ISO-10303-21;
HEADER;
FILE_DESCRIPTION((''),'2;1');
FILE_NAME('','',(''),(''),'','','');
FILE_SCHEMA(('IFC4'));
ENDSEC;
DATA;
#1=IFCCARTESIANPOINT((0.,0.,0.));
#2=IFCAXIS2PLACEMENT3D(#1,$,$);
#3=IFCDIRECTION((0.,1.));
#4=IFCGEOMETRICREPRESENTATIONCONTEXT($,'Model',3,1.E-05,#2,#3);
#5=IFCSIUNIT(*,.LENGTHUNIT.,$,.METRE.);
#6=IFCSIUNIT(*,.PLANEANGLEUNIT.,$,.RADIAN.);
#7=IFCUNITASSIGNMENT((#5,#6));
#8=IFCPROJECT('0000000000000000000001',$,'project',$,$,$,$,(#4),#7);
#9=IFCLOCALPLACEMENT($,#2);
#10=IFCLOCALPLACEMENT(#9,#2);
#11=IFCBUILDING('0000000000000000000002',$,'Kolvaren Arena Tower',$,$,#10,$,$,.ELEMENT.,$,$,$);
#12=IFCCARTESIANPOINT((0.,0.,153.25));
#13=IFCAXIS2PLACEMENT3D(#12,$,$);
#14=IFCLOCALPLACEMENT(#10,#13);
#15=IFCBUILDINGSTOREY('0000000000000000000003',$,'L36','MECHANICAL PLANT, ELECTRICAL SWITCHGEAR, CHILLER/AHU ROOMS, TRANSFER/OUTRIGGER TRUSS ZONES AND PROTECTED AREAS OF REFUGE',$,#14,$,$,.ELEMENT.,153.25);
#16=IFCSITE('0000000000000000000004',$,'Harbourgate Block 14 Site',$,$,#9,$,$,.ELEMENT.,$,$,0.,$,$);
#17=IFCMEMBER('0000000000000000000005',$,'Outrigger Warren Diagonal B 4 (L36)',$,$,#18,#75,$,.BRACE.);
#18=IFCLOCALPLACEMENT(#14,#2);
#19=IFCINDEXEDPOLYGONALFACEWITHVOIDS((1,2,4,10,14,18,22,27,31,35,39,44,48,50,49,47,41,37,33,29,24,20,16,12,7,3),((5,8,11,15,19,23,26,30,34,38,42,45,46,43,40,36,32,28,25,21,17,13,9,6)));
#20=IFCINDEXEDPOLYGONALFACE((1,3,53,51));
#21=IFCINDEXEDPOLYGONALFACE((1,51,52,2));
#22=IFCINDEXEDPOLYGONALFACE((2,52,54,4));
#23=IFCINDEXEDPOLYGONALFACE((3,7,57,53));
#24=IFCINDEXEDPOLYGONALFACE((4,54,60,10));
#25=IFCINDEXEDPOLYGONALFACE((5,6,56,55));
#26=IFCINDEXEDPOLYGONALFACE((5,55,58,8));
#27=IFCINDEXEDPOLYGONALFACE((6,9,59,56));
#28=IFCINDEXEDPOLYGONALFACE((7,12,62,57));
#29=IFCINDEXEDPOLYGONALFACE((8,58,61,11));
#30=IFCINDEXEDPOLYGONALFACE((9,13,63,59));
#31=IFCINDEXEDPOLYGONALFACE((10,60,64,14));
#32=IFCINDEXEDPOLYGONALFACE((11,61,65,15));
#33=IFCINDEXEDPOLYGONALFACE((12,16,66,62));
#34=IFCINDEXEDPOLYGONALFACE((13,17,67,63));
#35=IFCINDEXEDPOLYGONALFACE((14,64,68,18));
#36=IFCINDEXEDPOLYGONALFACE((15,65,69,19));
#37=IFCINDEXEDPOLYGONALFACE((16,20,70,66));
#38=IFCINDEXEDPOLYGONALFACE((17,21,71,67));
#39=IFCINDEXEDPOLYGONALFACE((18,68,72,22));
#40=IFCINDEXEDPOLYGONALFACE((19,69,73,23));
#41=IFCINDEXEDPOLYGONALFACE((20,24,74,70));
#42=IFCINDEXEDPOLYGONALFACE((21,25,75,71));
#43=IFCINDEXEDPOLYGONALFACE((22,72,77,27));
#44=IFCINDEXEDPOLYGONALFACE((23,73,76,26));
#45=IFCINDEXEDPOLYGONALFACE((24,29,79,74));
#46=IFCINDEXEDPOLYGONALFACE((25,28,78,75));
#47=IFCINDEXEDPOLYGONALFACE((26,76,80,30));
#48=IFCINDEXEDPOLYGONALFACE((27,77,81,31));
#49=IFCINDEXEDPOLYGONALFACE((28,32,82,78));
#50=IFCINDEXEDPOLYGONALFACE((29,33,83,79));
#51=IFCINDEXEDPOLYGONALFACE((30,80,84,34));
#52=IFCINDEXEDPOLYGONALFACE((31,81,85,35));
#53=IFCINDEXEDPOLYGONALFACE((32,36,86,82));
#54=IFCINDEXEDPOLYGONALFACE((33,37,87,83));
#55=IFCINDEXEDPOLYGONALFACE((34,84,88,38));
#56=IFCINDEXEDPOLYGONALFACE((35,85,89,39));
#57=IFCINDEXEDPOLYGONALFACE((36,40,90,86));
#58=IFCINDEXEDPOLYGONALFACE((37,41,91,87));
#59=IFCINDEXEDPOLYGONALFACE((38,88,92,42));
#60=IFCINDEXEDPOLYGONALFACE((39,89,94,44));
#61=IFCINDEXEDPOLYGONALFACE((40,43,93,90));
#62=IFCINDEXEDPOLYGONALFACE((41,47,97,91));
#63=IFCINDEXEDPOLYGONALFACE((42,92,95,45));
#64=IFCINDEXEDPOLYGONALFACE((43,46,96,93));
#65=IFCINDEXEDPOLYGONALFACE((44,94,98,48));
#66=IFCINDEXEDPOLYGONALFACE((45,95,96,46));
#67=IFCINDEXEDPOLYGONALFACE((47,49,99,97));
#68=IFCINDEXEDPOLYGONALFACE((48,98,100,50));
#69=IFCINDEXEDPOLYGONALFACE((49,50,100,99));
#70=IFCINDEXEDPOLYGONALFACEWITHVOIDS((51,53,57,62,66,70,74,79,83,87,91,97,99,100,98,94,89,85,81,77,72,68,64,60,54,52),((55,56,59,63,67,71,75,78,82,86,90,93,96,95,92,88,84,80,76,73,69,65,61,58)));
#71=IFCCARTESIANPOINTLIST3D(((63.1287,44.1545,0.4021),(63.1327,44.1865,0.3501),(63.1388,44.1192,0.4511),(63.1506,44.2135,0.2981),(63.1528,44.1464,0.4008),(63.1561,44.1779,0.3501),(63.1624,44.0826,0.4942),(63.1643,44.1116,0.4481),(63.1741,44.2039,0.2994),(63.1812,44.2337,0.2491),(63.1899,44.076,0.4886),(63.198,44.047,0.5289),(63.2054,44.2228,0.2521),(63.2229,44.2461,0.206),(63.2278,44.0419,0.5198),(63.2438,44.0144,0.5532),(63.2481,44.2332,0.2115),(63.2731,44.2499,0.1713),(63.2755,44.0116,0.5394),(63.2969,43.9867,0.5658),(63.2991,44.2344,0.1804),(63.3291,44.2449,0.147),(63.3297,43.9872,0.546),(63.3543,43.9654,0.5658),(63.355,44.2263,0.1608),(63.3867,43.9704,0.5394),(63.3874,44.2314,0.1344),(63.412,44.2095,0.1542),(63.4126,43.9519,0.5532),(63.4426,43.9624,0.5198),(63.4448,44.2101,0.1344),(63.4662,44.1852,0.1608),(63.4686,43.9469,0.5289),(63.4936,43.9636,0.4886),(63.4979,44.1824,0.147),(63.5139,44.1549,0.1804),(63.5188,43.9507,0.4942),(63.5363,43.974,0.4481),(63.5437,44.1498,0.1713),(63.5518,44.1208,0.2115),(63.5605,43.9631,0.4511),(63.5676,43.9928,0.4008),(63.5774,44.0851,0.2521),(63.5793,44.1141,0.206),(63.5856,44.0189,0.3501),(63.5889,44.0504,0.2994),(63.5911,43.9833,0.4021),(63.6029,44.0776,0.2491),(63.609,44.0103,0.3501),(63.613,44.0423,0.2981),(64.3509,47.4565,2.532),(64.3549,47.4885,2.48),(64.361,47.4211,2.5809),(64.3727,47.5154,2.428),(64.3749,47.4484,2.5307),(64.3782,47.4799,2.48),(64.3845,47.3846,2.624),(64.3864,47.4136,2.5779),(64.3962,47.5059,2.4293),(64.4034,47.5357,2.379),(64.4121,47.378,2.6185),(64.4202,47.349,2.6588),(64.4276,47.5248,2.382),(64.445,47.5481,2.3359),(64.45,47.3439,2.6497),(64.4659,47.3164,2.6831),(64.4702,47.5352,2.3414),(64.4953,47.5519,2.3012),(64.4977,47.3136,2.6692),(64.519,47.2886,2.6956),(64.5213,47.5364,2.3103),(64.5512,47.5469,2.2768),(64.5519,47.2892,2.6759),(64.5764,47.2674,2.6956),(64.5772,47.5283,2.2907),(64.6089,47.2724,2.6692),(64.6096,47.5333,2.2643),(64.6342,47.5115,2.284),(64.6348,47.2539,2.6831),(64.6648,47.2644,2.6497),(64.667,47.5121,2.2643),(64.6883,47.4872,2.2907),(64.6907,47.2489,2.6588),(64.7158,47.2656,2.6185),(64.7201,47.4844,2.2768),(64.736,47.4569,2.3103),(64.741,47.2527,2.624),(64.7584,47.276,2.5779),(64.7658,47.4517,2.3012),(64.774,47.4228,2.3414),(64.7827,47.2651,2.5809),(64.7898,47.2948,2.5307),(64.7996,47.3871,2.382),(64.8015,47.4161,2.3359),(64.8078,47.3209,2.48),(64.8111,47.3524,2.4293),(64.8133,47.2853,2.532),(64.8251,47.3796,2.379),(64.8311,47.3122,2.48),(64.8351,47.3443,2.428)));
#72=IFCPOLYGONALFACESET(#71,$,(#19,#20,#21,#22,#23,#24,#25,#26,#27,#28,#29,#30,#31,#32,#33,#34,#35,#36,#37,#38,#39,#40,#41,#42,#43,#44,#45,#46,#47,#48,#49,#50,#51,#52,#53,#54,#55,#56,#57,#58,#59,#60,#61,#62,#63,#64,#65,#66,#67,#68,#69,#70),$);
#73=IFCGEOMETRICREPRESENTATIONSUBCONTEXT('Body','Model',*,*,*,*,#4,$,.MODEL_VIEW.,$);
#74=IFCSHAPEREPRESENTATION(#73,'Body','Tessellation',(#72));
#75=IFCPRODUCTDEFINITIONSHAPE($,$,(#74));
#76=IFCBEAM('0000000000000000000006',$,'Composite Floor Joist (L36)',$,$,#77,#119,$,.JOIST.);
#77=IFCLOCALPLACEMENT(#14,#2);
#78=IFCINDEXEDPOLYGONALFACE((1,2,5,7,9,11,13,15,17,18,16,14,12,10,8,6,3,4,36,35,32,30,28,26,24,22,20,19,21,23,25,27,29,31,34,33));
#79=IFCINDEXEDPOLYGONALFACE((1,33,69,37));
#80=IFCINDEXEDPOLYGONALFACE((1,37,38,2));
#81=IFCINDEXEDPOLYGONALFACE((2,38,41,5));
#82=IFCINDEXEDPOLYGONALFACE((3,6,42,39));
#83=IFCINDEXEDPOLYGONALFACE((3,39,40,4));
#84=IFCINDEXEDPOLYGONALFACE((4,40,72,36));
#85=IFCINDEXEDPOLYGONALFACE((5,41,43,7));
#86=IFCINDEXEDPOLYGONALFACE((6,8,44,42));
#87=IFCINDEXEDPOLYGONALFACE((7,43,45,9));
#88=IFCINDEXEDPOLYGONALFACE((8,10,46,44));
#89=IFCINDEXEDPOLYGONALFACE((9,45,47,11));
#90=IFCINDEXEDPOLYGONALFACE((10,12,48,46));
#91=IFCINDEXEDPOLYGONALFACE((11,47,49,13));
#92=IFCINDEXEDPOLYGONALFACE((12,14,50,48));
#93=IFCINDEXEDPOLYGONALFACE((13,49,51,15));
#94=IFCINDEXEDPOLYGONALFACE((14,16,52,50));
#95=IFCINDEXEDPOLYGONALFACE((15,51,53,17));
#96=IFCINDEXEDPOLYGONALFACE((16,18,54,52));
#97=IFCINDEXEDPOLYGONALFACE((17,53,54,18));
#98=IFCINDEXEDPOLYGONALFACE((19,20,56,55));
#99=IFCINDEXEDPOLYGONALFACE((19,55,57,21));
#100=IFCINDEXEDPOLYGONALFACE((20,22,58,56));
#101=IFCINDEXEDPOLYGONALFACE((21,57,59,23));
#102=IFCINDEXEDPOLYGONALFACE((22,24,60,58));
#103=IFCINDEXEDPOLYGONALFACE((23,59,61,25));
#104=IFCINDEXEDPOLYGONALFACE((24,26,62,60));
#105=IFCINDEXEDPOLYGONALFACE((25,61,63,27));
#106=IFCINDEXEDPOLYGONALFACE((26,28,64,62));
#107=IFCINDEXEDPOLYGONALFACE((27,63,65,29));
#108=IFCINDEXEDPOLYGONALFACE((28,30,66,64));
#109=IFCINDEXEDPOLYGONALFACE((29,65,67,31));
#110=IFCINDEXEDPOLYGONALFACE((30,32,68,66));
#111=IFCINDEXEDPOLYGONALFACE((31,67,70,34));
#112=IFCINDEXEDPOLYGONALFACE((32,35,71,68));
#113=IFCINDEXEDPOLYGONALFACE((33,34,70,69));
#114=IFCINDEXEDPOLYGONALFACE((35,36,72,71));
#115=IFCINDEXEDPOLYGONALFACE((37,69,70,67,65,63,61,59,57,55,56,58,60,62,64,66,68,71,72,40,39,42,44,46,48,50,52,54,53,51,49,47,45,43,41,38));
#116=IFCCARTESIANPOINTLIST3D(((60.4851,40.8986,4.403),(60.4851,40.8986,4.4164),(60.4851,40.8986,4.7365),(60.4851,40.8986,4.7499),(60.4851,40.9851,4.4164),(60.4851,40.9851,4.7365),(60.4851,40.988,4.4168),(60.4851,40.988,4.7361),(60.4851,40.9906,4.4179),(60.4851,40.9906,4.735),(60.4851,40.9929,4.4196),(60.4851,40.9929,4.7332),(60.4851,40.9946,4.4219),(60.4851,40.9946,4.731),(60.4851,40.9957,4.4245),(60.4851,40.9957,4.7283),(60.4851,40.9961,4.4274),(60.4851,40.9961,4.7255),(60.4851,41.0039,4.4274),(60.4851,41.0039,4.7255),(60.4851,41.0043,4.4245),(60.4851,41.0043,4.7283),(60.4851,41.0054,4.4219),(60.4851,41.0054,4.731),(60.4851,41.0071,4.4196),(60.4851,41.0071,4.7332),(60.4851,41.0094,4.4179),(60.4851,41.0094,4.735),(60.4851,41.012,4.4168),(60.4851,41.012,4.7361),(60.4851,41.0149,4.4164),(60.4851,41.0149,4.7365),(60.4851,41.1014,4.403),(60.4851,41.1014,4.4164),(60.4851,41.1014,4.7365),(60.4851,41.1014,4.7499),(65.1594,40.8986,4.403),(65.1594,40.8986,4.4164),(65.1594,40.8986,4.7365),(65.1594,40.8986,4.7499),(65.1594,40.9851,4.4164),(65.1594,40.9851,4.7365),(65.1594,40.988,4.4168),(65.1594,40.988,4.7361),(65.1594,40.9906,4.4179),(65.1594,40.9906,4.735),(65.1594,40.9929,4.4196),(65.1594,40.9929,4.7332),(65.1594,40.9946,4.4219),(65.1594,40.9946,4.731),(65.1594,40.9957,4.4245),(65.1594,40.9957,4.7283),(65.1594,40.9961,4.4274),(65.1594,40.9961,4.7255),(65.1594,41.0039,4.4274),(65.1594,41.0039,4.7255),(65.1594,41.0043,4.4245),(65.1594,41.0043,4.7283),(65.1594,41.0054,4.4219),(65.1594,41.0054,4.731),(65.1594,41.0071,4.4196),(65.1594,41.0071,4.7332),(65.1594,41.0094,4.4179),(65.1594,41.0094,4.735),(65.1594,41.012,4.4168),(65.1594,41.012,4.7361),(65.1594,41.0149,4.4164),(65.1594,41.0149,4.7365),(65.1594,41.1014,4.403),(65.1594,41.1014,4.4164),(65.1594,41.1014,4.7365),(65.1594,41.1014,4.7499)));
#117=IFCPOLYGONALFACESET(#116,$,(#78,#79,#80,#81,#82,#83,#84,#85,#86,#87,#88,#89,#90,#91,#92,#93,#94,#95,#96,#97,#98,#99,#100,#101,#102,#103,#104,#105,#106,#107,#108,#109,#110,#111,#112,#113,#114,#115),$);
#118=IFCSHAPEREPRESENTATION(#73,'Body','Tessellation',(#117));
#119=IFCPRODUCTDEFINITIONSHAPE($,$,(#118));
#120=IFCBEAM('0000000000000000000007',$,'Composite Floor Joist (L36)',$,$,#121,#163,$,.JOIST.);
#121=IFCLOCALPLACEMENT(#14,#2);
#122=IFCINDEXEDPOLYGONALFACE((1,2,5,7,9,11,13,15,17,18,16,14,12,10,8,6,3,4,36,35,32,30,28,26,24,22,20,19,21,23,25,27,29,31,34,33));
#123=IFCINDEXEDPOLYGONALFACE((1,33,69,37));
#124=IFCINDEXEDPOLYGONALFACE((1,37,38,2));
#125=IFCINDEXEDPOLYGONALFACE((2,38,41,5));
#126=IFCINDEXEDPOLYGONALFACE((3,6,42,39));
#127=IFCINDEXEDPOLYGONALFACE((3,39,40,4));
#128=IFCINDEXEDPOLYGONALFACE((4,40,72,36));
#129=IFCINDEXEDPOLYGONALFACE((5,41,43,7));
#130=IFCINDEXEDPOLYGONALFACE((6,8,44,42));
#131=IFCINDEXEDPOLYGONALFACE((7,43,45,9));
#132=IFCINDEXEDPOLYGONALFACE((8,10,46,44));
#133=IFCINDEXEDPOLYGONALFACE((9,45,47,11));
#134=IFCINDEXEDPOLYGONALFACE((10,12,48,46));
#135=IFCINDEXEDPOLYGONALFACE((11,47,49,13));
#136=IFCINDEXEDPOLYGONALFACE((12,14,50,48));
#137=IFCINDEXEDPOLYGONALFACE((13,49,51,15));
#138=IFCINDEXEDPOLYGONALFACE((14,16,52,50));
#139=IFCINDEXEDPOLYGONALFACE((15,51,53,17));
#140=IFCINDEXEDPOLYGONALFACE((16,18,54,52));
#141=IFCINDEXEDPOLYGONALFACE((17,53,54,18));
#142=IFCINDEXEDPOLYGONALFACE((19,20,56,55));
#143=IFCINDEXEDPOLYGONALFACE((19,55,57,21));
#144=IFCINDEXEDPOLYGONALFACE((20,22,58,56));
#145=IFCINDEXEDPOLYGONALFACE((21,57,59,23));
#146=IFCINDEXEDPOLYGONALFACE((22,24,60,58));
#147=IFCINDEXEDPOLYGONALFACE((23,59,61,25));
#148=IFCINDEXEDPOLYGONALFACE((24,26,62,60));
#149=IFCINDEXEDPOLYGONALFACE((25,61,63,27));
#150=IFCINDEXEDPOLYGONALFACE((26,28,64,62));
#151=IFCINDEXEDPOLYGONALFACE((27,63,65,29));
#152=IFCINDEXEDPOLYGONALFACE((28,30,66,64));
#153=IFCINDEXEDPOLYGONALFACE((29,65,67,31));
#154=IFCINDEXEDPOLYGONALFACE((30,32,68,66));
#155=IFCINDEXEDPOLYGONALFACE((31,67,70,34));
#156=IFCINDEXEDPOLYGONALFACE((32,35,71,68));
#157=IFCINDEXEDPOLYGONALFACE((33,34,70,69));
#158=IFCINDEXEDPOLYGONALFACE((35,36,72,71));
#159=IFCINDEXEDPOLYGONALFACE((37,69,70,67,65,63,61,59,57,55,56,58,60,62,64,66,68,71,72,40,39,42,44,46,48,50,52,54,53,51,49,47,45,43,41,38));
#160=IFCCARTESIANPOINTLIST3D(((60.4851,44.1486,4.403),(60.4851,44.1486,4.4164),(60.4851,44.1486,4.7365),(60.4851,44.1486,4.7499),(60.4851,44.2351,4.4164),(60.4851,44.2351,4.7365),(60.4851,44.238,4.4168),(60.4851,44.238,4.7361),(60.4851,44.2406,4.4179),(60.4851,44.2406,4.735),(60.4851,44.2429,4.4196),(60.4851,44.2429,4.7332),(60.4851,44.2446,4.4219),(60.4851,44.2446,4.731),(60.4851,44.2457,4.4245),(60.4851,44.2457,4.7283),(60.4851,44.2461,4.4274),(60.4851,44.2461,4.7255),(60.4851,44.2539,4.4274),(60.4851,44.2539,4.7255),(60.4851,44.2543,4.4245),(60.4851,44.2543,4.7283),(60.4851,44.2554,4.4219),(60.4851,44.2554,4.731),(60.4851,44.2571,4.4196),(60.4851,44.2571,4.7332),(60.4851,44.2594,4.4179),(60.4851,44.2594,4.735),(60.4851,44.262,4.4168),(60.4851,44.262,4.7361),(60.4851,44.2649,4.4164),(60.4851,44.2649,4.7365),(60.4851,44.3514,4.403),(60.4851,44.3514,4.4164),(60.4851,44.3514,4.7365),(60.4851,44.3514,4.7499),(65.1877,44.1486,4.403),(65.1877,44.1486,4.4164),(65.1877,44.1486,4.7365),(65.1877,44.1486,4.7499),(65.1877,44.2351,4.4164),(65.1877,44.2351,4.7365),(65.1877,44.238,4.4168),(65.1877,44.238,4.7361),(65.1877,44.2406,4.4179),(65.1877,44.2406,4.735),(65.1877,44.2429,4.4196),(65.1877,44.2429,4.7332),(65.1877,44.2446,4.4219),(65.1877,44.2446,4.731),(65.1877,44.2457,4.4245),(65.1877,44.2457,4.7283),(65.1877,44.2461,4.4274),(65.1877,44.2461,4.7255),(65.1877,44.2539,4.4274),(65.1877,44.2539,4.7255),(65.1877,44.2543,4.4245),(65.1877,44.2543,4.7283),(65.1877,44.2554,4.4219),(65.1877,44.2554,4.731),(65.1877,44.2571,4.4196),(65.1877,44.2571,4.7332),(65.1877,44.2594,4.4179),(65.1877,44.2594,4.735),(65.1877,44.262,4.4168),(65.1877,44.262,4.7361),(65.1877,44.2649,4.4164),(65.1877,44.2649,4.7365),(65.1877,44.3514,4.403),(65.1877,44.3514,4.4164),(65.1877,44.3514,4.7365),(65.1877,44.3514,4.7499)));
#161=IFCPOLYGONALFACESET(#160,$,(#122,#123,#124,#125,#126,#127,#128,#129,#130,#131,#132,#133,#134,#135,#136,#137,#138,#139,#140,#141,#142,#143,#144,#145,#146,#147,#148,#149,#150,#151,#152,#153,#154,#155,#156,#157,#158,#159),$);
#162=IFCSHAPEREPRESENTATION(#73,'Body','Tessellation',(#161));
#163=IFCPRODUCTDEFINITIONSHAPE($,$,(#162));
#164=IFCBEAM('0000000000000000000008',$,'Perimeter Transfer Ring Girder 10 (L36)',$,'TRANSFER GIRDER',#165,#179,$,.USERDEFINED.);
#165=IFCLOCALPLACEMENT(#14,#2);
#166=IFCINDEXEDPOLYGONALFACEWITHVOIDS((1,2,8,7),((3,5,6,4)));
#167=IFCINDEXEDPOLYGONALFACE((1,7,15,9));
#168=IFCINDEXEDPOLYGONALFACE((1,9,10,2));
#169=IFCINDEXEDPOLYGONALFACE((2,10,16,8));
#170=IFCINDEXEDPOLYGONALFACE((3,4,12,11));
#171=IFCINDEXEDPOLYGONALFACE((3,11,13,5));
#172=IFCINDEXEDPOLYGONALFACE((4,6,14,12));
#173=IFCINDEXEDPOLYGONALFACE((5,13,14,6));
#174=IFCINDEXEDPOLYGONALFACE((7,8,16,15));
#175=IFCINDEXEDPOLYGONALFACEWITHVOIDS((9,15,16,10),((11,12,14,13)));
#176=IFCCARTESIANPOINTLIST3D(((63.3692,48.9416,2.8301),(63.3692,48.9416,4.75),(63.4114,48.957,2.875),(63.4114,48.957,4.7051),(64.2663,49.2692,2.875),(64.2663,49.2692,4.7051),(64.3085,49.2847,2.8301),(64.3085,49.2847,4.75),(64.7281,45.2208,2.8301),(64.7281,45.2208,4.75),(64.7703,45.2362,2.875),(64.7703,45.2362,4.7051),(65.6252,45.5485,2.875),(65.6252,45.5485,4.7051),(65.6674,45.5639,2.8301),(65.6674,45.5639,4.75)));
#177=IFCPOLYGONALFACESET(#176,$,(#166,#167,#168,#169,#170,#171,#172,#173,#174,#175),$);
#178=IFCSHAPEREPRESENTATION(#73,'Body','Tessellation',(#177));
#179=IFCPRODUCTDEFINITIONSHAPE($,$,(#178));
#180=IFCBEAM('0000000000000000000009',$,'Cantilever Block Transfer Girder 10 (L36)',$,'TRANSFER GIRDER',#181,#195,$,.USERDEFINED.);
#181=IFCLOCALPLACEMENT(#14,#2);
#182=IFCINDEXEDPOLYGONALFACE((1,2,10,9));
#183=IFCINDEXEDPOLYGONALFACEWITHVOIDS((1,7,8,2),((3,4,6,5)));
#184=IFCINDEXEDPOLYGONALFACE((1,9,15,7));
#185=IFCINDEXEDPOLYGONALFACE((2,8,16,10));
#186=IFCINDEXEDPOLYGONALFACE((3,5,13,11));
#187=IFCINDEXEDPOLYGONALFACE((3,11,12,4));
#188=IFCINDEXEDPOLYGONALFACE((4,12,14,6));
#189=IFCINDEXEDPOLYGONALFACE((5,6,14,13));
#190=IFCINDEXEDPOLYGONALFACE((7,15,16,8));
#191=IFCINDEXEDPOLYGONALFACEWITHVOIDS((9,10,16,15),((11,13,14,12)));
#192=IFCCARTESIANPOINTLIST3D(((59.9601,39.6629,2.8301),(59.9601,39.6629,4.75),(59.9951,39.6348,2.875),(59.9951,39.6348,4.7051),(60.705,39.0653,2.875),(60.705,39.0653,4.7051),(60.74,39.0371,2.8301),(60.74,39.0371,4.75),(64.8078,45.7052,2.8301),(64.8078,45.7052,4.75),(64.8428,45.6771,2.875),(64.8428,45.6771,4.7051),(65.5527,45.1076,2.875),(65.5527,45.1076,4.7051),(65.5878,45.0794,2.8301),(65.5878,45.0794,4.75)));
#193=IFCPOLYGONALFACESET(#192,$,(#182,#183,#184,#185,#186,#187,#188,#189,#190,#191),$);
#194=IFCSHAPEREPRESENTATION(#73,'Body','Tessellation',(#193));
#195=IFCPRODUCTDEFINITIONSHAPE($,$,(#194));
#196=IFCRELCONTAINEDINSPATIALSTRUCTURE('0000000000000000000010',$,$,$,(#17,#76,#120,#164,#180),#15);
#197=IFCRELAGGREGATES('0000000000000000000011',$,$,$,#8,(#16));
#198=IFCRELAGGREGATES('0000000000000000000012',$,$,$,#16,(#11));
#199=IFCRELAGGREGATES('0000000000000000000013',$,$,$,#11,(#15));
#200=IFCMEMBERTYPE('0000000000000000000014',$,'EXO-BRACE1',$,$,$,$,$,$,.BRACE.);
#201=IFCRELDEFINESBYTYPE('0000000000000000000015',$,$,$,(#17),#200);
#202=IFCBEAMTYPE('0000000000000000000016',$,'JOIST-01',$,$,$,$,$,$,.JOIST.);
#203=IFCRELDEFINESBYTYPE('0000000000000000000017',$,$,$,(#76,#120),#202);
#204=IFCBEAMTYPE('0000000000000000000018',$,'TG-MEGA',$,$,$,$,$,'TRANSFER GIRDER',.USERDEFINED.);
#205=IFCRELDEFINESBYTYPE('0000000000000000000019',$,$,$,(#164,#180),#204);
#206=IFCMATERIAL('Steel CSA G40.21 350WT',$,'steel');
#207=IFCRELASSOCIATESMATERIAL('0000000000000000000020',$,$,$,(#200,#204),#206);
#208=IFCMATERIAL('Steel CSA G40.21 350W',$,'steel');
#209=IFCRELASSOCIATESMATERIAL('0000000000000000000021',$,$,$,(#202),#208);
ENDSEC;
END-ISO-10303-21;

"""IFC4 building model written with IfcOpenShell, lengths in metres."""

from ifc_helpers import new_model, si_unit, direction, frame, origin, origin_2d, place, context, subcontext, project, spatial, hollow_rectangle, hollow_circle, i_section, extrude, material, material_profile, profile_set, type_object, element, save


model = new_model("IFC4")

# Units and contexts
model_context = context("Model", 3, precision=1e-05, world=origin(), true_north=direction((0.0, 1.0)))
body_context = subcontext(model_context, "Body", "Model", "MODEL_VIEW")
ifc_project = project(units=[si_unit("LENGTHUNIT", "METRE"), si_unit("PLANEANGLEUNIT", "RADIAN")], contexts=[model_context])

# Site, building, storey
site_placement = place(None, origin())
site = spatial("IfcSite", under=ifc_project, at=site_placement, Name="Harbourgate Block 14 Site", CompositionType="ELEMENT", RefElevation=0.0)
building_placement = place(site_placement, origin())
building = spatial("IfcBuilding", under=site, at=building_placement, Name="Kolvaren Arena Tower", CompositionType="ELEMENT")
storey_placement = place(building_placement, frame((0.0, 0.0, 153.25)))
storey = spatial("IfcBuildingStorey", under=building, at=storey_placement, Name="L36", Description="MECHANICAL PLANT, ELECTRICAL SWITCHGEAR, CHILLER/AHU ROOMS, TRANSFER/OUTRIGGER TRUSS ZONES AND PROTECTED AREAS OF REFUGE", CompositionType="ELEMENT", Elevation=153.25)

# Member
ifc_material_1 = material(Name="Steel CSA G40.21 350WT", Category="steel")
ifc_material_profile_1 = material_profile(ifc_material_1, hollow_circle(Radius=0.2539, WallThickness=0.0249, at=origin_2d()), Name="CHS 508x25")
ifc_profile_set_1 = profile_set([ifc_material_profile_1], Name="Steel CSA G40.21 350WT")
member_type_1 = type_object("IfcMemberType", Name="EXO-BRACE1", PredefinedType="BRACE", material=ifc_profile_set_1)
member_1_placement = place(storey_placement, frame((63.3708, 44.0984, 0.3501), z_axis=(0.297002, 0.802429, 0.517589), x_axis=(-0.937822, 0.347116, 0.0)))
element("IfcMember", 1, at=member_1_placement, inside=storey, type_object=member_type_1, Name="Outrigger Warren Diagonal B 4 (L36)", PredefinedType="BRACE", context=body_context, shape_type="SweptSolid", body=[
    extrude(hollow_circle(Radius=0.2539, WallThickness=0.0249, at=origin_2d()), origin(), (0.0, 0.0, 1.0), 4.115),
])

# Beams
ifc_material_2 = material(Name="Steel CSA G40.21 350W", Category="steel")
ifc_material_profile_2 = material_profile(ifc_material_2, i_section(OverallWidth=0.2029, OverallDepth=0.3469, WebThickness=0.0078, FlangeThickness=0.0134, FilletRadius=0.011, at=origin_2d()), Name="W360x64")
ifc_profile_set_2 = profile_set([ifc_material_profile_2], Name="Steel CSA G40.21 350W")
beam_type_1 = type_object("IfcBeamType", Name="JOIST-01", PredefinedType="JOIST", material=ifc_profile_set_2)
beam_1_placement = place(storey_placement, frame((60.4851, 41.0, 4.5764), z_axis=(1.0, 0.0, 0.0), x_axis=(0.0, 1.0, 0.0)))
element("IfcBeam", 2, at=beam_1_placement, inside=storey, type_object=beam_type_1, Name="Composite Floor Joist (L36)", PredefinedType="JOIST", context=body_context, shape_type="SweptSolid", body=[
    extrude(i_section(OverallWidth=0.2029, OverallDepth=0.3469, WebThickness=0.0078, FlangeThickness=0.0134, FilletRadius=0.011, at=origin_2d()), origin(), (0.0, 0.0, 1.0), 4.6743),
])
beam_2_placement = place(storey_placement, frame((60.4851, 44.25, 4.5764), z_axis=(1.0, 0.0, 0.0), x_axis=(0.0, 1.0, 0.0)))
element("IfcBeam", 3, at=beam_2_placement, inside=storey, type_object=beam_type_1, Name="Composite Floor Joist (L36)", PredefinedType="JOIST", context=body_context, shape_type="SweptSolid", body=[
    extrude(i_section(OverallWidth=0.2029, OverallDepth=0.3469, WebThickness=0.0078, FlangeThickness=0.0134, FilletRadius=0.011, at=origin_2d()), origin(), (0.0, 0.0, 1.0), 4.7026),
])
ifc_material_profile_3 = material_profile(ifc_material_1, hollow_rectangle(XDim=1.0, YDim=1.9199, WallThickness=0.0449, at=origin_2d()), Name="BOX 1000x1920x45")
ifc_profile_set_3 = profile_set([ifc_material_profile_3], Name="Steel CSA G40.21 350WT")
beam_type_2 = type_object("IfcBeamType", Name="TG-MEGA", ElementType="TRANSFER GIRDER", PredefinedType="USERDEFINED", material=ifc_profile_set_3)
beam_3_placement = place(storey_placement, frame((65.1978, 45.3923, 3.79), z_axis=(-0.343059, 0.939314, 0.0), x_axis=(-0.939314, -0.343059, 0.0)))
element("IfcBeam", 4, at=beam_3_placement, inside=storey, type_object=beam_type_2, Name="Perimeter Transfer Ring Girder 10 (L36)", ObjectType="TRANSFER GIRDER", PredefinedType="USERDEFINED", context=body_context, shape_type="SweptSolid", body=[
    extrude(hollow_rectangle(XDim=1.0, YDim=1.9199, WallThickness=0.0449, at=origin_2d()), origin(), (0.0, 0.0, 1.0), 3.9612),
])
beam_4_placement = place(storey_placement, frame((65.1978, 45.3923, 3.79), z_axis=(-0.625786, -0.779995, 0.0), x_axis=(0.779995, -0.625786, 0.0)))
element("IfcBeam", 5, at=beam_4_placement, inside=storey, type_object=beam_type_2, Name="Cantilever Block Transfer Girder 10 (L36)", ObjectType="TRANSFER GIRDER", PredefinedType="USERDEFINED", context=body_context, shape_type="SweptSolid", body=[
    extrude(hollow_rectangle(XDim=1.0, YDim=1.9199, WallThickness=0.0449, at=origin_2d()), origin(), (0.0, 0.0, 1.0), 7.7466),
])

save(model, "model.ifc")
